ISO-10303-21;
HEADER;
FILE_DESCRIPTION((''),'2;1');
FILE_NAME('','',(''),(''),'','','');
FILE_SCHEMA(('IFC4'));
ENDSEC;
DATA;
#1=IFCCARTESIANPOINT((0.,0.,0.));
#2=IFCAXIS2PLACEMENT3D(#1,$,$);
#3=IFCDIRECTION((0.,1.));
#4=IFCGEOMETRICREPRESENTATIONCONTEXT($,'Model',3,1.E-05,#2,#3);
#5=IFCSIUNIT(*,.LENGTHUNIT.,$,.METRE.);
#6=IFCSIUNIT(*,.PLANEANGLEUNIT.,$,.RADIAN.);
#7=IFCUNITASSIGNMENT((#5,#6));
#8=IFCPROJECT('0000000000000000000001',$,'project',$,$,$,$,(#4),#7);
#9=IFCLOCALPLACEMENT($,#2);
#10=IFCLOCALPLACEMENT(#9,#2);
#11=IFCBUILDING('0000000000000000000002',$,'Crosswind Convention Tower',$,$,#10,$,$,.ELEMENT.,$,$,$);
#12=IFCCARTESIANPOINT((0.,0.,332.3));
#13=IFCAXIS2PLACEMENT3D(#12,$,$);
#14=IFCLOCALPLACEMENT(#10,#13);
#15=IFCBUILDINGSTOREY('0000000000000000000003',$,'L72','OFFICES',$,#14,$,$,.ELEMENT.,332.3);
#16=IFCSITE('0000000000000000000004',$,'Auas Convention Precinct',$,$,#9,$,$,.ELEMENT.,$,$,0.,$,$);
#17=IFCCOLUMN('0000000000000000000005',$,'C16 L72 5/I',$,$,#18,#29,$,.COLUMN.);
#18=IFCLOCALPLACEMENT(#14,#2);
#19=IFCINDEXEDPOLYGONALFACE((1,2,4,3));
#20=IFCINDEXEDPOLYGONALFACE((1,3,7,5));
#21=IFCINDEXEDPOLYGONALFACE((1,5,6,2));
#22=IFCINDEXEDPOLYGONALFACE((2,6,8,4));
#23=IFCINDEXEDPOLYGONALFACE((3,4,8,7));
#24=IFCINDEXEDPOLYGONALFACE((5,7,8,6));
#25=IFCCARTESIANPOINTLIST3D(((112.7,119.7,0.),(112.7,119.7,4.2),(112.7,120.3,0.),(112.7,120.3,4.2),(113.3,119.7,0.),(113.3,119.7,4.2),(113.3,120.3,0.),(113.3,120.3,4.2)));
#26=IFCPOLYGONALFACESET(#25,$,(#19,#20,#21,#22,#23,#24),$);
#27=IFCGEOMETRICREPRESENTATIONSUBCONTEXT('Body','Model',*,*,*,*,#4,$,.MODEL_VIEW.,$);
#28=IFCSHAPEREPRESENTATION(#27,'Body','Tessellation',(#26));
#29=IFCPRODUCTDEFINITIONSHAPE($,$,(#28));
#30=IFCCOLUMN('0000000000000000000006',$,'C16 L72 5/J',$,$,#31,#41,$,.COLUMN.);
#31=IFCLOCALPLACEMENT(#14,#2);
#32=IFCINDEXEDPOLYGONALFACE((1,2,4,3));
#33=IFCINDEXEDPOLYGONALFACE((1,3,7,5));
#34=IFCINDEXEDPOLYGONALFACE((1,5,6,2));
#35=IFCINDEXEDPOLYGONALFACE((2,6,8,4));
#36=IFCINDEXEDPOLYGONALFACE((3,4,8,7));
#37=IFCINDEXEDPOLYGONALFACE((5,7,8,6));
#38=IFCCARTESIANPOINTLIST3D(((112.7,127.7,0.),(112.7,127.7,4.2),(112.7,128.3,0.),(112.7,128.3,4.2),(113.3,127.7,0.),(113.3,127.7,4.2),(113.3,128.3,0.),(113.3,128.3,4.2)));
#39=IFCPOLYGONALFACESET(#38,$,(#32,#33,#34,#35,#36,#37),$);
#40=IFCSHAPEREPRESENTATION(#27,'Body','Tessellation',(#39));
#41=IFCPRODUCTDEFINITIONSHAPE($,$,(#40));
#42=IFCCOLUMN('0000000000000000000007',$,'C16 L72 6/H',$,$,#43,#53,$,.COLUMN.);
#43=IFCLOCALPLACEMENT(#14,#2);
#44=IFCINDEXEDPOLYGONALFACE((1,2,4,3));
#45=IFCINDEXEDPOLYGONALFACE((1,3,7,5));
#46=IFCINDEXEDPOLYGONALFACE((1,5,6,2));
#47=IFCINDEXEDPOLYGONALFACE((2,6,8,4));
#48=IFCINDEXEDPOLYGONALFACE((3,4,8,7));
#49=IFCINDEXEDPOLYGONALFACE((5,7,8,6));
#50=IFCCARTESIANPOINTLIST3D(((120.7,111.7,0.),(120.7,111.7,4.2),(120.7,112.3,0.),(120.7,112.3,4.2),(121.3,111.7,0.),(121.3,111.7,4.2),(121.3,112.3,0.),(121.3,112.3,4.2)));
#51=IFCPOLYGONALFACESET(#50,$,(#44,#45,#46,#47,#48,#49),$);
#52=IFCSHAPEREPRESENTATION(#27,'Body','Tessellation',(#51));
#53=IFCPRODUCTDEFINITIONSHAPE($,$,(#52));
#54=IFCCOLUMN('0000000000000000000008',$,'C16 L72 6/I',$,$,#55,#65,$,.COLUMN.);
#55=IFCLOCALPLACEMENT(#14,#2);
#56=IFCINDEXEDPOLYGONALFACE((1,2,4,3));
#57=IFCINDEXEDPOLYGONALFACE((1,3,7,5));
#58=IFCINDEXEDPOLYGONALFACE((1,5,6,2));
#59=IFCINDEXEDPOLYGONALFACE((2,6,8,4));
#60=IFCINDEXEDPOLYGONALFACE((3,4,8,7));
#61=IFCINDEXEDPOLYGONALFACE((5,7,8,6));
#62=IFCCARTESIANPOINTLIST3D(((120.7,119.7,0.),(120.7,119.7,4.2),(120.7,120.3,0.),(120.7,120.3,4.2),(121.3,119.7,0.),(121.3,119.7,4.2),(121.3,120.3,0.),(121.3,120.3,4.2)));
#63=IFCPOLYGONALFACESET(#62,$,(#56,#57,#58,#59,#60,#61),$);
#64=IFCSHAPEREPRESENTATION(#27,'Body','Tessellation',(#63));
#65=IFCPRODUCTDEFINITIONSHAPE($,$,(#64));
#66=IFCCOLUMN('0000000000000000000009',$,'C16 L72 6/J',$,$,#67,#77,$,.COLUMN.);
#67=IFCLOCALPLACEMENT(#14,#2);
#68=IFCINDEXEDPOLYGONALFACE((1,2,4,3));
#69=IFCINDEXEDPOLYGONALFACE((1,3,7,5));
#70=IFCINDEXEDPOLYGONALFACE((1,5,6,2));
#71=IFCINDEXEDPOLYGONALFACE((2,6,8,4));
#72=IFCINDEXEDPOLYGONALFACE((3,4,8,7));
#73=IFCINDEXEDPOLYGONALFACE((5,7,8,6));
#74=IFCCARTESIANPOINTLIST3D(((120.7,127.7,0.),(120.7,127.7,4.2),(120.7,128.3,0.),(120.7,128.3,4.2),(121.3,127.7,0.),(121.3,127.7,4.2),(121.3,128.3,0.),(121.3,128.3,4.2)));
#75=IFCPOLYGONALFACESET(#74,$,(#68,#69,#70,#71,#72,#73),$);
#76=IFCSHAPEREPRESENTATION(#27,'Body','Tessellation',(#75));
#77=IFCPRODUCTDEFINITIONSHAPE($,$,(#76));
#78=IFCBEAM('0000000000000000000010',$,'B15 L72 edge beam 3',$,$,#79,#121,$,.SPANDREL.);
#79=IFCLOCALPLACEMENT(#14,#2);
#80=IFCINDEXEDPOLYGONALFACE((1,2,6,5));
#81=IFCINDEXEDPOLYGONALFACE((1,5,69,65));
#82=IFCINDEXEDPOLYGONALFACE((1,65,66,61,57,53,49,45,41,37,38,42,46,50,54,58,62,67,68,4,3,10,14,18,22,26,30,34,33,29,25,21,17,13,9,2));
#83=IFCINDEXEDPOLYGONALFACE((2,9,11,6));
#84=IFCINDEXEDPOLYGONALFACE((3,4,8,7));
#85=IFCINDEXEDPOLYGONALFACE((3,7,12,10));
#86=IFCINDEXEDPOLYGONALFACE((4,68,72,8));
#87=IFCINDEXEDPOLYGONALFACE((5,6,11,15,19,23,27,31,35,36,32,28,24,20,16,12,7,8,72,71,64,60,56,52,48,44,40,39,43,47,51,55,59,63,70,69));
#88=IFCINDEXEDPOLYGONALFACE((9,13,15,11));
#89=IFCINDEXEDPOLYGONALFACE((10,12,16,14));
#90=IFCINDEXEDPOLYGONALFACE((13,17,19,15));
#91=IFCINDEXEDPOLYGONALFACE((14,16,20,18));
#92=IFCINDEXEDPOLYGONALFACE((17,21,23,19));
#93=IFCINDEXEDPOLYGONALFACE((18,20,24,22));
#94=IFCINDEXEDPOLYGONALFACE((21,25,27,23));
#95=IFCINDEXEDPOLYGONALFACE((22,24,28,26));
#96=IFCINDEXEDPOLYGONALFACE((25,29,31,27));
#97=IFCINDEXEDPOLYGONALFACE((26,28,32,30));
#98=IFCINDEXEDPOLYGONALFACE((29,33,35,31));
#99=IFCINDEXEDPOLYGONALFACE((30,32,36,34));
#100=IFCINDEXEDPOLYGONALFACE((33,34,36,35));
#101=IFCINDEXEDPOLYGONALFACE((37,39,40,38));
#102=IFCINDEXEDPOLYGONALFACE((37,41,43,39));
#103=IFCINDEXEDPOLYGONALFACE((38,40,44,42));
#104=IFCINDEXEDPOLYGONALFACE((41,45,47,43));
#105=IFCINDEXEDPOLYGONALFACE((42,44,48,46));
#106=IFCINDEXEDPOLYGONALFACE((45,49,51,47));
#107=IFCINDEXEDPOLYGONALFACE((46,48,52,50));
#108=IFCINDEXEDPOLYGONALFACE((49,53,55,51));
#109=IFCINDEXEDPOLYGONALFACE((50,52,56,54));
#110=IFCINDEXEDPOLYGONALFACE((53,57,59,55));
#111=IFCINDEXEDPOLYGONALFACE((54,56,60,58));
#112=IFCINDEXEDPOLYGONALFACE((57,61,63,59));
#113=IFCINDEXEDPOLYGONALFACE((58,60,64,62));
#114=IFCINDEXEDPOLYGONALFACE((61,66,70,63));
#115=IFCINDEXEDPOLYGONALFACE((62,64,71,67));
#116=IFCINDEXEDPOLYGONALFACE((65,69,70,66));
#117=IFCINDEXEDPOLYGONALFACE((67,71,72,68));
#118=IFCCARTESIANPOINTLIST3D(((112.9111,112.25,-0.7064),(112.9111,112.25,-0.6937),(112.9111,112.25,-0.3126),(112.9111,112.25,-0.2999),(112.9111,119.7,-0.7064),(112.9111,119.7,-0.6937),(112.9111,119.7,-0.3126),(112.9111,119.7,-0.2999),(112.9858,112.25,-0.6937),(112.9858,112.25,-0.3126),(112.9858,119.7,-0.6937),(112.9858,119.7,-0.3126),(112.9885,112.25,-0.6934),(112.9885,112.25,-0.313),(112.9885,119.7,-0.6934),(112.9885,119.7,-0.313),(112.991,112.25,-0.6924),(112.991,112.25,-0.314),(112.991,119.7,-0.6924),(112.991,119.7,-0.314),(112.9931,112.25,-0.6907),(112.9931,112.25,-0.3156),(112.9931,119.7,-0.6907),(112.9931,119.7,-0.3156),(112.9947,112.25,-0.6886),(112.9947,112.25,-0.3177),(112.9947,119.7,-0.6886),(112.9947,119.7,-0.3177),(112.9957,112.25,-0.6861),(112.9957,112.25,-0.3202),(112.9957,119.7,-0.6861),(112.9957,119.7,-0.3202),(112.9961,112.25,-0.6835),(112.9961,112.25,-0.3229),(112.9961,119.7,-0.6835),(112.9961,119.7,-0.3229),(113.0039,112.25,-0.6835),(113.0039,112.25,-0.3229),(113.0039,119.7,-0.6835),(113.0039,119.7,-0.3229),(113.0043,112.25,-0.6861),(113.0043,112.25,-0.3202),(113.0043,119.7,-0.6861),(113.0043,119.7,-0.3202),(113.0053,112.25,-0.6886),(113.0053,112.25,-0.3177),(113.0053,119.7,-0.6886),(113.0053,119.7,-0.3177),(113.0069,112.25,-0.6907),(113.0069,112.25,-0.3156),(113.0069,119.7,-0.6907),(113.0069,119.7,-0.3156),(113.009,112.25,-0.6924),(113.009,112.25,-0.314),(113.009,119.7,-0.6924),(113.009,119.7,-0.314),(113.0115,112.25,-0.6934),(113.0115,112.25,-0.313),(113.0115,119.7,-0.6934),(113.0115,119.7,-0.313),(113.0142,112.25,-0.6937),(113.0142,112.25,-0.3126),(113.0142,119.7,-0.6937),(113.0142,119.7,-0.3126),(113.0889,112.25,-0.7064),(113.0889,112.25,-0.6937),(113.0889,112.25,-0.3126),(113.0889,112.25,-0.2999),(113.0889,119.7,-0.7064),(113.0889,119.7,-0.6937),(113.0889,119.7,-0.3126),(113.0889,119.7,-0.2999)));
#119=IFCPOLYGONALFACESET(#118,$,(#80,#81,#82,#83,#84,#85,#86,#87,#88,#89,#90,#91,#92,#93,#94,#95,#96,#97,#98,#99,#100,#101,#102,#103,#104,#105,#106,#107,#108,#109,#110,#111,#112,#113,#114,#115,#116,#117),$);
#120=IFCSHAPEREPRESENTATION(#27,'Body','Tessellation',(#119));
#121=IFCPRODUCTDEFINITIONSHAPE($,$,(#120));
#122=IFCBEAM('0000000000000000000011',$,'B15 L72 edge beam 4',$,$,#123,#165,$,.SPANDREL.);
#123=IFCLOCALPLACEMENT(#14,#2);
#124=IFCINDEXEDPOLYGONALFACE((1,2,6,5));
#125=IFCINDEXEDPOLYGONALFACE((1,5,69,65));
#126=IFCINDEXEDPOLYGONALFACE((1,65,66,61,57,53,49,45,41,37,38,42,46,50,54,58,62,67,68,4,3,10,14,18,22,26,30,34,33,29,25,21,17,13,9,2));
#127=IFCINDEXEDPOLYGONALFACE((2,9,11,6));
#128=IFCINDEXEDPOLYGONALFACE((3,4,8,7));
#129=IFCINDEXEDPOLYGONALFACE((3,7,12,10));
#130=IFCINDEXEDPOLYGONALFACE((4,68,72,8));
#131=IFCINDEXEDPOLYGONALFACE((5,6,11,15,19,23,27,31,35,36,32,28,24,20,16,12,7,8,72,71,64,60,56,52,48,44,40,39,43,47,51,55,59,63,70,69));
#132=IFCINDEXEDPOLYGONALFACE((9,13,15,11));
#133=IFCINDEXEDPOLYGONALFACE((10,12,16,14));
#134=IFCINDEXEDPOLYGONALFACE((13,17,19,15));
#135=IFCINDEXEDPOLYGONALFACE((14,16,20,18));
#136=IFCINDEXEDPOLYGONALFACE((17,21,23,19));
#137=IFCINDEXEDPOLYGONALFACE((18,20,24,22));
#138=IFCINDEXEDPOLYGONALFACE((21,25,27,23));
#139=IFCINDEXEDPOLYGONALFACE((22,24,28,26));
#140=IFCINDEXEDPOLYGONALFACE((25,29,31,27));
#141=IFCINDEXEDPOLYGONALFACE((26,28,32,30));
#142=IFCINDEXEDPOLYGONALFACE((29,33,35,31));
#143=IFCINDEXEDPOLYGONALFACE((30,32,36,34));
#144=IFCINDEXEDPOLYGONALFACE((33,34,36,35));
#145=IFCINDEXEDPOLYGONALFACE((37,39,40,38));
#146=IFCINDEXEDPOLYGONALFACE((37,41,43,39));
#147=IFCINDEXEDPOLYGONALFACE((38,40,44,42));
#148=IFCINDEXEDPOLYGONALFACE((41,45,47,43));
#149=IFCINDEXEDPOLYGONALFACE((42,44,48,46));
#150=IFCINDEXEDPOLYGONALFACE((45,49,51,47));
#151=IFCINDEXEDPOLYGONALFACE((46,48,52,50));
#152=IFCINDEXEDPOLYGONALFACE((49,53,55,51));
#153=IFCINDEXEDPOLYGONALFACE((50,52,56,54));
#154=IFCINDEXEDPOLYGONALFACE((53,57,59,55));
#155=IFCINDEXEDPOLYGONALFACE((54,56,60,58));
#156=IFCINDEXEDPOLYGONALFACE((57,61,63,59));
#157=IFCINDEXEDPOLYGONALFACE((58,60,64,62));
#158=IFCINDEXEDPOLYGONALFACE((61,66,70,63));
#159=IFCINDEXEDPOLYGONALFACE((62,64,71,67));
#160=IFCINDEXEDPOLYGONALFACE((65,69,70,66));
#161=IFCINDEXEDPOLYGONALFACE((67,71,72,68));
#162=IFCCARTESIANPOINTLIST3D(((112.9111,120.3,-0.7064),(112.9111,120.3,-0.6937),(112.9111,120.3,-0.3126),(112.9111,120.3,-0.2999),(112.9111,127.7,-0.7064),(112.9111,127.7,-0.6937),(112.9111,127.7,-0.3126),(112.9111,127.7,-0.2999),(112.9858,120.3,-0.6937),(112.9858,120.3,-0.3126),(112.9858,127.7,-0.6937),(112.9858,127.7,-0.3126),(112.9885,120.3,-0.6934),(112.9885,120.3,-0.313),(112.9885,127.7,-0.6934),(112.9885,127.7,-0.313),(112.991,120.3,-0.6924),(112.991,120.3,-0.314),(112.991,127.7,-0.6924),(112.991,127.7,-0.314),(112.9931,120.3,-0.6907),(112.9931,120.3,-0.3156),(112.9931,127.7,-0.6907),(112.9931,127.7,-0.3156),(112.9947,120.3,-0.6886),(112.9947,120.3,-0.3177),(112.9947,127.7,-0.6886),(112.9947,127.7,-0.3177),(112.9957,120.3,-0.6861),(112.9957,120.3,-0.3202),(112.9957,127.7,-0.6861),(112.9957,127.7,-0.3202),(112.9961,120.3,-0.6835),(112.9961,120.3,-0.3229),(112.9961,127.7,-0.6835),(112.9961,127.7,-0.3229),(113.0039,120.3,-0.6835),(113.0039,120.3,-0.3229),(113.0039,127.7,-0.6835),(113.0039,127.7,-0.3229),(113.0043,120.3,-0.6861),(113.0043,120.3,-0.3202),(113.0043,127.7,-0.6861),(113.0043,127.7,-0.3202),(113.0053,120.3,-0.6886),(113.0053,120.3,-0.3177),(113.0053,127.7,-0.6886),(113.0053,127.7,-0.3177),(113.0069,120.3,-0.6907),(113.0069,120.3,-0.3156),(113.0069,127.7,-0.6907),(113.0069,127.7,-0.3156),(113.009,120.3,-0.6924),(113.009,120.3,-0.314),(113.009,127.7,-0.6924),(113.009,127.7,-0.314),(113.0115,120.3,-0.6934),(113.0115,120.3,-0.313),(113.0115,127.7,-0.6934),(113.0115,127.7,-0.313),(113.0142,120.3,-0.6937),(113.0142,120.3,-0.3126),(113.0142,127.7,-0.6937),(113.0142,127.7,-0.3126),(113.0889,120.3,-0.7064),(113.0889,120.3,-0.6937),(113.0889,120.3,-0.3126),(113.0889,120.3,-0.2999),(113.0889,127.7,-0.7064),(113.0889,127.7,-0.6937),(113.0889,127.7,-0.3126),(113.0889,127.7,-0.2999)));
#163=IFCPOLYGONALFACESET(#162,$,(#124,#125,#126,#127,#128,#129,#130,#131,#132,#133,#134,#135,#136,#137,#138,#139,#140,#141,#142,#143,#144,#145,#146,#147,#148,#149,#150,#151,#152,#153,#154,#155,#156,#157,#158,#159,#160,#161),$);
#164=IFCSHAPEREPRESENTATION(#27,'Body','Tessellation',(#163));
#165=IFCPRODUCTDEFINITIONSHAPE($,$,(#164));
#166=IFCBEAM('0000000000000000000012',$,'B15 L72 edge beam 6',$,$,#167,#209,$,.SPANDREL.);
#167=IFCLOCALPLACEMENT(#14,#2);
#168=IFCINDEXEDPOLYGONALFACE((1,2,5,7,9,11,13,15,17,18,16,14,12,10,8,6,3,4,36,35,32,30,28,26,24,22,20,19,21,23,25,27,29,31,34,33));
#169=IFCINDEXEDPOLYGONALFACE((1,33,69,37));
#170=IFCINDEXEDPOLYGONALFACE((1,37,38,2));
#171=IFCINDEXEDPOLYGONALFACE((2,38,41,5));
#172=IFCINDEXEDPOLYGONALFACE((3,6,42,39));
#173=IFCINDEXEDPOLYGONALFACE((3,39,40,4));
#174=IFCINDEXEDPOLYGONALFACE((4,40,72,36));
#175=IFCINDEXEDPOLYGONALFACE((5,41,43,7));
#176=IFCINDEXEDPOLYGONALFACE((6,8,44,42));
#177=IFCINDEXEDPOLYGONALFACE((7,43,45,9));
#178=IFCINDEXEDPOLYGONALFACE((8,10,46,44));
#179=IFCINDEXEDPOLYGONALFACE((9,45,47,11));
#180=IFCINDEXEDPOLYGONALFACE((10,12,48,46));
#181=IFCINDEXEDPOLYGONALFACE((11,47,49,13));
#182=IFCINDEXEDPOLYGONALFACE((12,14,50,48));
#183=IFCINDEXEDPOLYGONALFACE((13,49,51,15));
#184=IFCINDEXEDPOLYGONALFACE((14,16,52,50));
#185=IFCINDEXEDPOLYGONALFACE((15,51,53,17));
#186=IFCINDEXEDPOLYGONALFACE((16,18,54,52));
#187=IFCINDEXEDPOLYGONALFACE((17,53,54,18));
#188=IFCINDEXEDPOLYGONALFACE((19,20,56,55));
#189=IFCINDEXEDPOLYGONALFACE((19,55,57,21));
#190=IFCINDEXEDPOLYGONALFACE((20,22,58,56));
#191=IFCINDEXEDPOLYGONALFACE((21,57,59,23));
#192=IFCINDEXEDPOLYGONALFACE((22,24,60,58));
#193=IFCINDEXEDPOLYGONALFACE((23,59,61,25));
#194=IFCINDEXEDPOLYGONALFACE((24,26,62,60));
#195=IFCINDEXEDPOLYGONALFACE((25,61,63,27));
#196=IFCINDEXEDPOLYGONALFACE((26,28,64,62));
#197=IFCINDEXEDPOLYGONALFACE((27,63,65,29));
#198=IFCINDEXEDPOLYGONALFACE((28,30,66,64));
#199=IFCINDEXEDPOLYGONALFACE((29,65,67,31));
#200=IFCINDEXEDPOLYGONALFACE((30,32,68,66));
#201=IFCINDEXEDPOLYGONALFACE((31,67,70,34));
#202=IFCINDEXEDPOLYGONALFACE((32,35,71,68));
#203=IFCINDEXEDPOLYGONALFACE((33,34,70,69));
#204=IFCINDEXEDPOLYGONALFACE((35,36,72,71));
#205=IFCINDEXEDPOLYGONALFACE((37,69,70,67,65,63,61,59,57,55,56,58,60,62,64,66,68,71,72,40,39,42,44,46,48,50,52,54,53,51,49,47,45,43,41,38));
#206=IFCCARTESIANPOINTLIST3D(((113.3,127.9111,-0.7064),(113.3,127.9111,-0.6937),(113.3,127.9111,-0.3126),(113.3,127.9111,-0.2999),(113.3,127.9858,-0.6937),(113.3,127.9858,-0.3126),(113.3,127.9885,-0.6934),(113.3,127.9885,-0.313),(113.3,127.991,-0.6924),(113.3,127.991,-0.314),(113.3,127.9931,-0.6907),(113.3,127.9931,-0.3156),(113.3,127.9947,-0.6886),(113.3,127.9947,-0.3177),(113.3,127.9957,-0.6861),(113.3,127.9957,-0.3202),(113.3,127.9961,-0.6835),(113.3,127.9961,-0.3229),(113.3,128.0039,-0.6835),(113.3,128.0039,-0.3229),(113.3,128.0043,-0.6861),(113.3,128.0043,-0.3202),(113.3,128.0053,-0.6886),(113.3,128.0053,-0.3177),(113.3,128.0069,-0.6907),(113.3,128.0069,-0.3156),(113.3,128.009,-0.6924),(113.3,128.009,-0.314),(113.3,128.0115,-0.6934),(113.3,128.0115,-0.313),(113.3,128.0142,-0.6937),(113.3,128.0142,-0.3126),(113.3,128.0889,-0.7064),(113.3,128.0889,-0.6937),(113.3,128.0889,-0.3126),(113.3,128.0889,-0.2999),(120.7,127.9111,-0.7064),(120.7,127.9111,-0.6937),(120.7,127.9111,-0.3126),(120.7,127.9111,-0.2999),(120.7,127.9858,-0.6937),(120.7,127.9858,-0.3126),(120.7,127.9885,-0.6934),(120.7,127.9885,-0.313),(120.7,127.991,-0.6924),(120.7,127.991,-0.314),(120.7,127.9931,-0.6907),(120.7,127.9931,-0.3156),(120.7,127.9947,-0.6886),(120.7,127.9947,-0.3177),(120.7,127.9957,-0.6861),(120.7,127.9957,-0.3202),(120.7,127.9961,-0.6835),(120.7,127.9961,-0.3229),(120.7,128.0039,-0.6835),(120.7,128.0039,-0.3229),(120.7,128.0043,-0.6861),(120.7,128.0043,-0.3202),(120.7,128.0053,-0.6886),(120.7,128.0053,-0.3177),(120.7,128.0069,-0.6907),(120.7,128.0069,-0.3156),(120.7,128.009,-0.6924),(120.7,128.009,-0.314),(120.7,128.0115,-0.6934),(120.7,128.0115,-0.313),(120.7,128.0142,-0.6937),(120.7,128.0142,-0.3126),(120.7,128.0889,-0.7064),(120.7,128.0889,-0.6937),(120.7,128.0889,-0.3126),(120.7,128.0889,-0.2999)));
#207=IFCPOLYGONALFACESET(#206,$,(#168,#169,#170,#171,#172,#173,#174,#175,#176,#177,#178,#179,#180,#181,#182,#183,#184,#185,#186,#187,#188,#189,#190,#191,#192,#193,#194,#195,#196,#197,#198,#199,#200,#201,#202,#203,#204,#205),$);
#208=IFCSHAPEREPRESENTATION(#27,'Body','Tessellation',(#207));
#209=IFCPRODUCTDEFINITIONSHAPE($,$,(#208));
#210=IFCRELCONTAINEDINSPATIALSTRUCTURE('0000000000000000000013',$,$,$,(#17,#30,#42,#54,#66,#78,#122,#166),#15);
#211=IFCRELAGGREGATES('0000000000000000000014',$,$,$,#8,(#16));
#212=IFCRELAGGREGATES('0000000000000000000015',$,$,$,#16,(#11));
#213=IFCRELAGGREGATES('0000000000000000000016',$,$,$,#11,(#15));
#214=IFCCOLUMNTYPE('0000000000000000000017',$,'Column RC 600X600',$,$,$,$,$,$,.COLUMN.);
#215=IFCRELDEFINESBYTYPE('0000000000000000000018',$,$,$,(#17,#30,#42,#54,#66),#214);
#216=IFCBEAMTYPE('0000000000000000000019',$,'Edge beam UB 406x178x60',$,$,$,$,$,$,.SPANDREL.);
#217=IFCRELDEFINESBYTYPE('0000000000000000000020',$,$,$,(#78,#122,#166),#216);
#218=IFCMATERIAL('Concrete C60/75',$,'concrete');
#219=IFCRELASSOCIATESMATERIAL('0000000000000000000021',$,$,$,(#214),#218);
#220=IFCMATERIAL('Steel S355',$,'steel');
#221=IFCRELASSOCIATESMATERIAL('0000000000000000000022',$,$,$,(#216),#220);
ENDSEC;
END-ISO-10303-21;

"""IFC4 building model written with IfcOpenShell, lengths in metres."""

from ifc_helpers import new_model, si_unit, direction, frame, origin, origin_2d, place, context, subcontext, project, spatial, rectangle, i_section, extrude, material, material_profile, profile_set, type_object, element, save


model = new_model("IFC4")

# Units and contexts
model_context = context("Model", 3, precision=1e-05, world=origin(), true_north=direction((0.0, 1.0)))
body_context = subcontext(model_context, "Body", "Model", "MODEL_VIEW")
ifc_project = project(units=[si_unit("LENGTHUNIT", "METRE"), si_unit("PLANEANGLEUNIT", "RADIAN")], contexts=[model_context])

# Site, building, storey
site_placement = place(None, origin())
site = spatial("IfcSite", under=ifc_project, at=site_placement, Name="Auas Convention Precinct", CompositionType="ELEMENT", RefElevation=0.0)
building_placement = place(site_placement, origin())
building = spatial("IfcBuilding", under=site, at=building_placement, Name="Crosswind Convention Tower", CompositionType="ELEMENT")
storey_placement = place(building_placement, frame((0.0, 0.0, 332.3)))
storey = spatial("IfcBuildingStorey", under=building, at=storey_placement, Name="L72", Description="OFFICES", CompositionType="ELEMENT", Elevation=332.3)

# Columns
ifc_material_1 = material(Name="Concrete C60/75", Category="concrete")
ifc_material_profile_1 = material_profile(ifc_material_1, rectangle(XDim=0.6001, YDim=0.6001, at=origin_2d()), Name="RC 600X600")
ifc_profile_set_1 = profile_set([ifc_material_profile_1], Name="Concrete C60/75")
column_type = type_object("IfcColumnType", Name="Column RC 600X600", PredefinedType="COLUMN", material=ifc_profile_set_1)
for number, where, z_axis, x_axis, name in (
    (1, (113.0, 120.0, 0.0), (0.0, 0.0, 1.0), (1.0, 0.0, 0.0), "C16 L72 5/I"),
    (2, (113.0, 128.0, 0.0), (0.0, 0.0, 1.0), (1.0, 0.0, 0.0), "C16 L72 5/J"),
    (3, (121.0, 112.0, 0.0), (0.0, 0.0, 1.0), (1.0, 0.0, 0.0), "C16 L72 6/H"),
    (4, (121.0, 120.0, 0.0), (0.0, 0.0, 1.0), (1.0, 0.0, 0.0), "C16 L72 6/I"),
    (5, (121.0, 128.0, 0.0), (0.0, 0.0, 1.0), (1.0, 0.0, 0.0), "C16 L72 6/J"),
):
    element("IfcColumn", number, at=place(storey_placement, frame(where, z_axis=z_axis, x_axis=x_axis)), inside=storey, type_object=column_type, Name=name, PredefinedType="COLUMN", context=body_context, shape_type="SweptSolid", body=[
        extrude(rectangle(XDim=0.6001, YDim=0.6001, at=origin_2d()), origin(), (0.0, 0.0, 1.0), 4.2),
    ])

# Beams
ifc_material_2 = material(Name="Steel S355", Category="steel")
ifc_material_profile_2 = material_profile(ifc_material_2, i_section(OverallWidth=0.1777, OverallDepth=0.4065, WebThickness=0.0078, FlangeThickness=0.0127, FilletRadius=0.0103, at=origin_2d()), Name="UB 406x178x60")
ifc_profile_set_2 = profile_set([ifc_material_profile_2], Name="Steel S355")
beam_type_1 = type_object("IfcBeamType", Name="Edge beam UB 406x178x60", PredefinedType="SPANDREL", material=ifc_profile_set_2)
beam_1_placement = place(storey_placement, frame((113.0, 112.25, -0.5032), z_axis=(0.0, 1.0, 0.0), x_axis=(-1.0, 0.0, 0.0)))
element("IfcBeam", 6, at=beam_1_placement, inside=storey, type_object=beam_type_1, Name="B15 L72 edge beam 3", PredefinedType="SPANDREL", context=body_context, shape_type="SweptSolid", body=[
    extrude(i_section(OverallWidth=0.1777, OverallDepth=0.4065, WebThickness=0.0078, FlangeThickness=0.0127, FilletRadius=0.0103, at=origin_2d()), origin(), (0.0, 0.0, 1.0), 7.45),
])
for number, where, z_axis, x_axis, name in (
    (7, (113.0, 120.3, -0.5032), (0.0, 1.0, 0.0), (-1.0, 0.0, 0.0), "B15 L72 edge beam 4"),
    (8, (113.3, 128.0, -0.5032), (1.0, 0.0, 0.0), (0.0, 1.0, 0.0), "B15 L72 edge beam 6"),
):
    element("IfcBeam", number, at=place(storey_placement, frame(where, z_axis=z_axis, x_axis=x_axis)), inside=storey, type_object=beam_type_1, Name=name, PredefinedType="SPANDREL", context=body_context, shape_type="SweptSolid", body=[
        extrude(i_section(OverallWidth=0.1777, OverallDepth=0.4065, WebThickness=0.0078, FlangeThickness=0.0127, FilletRadius=0.0103, at=origin_2d()), origin(), (0.0, 0.0, 1.0), 7.3999),
    ])

save(model, "model.ifc")
